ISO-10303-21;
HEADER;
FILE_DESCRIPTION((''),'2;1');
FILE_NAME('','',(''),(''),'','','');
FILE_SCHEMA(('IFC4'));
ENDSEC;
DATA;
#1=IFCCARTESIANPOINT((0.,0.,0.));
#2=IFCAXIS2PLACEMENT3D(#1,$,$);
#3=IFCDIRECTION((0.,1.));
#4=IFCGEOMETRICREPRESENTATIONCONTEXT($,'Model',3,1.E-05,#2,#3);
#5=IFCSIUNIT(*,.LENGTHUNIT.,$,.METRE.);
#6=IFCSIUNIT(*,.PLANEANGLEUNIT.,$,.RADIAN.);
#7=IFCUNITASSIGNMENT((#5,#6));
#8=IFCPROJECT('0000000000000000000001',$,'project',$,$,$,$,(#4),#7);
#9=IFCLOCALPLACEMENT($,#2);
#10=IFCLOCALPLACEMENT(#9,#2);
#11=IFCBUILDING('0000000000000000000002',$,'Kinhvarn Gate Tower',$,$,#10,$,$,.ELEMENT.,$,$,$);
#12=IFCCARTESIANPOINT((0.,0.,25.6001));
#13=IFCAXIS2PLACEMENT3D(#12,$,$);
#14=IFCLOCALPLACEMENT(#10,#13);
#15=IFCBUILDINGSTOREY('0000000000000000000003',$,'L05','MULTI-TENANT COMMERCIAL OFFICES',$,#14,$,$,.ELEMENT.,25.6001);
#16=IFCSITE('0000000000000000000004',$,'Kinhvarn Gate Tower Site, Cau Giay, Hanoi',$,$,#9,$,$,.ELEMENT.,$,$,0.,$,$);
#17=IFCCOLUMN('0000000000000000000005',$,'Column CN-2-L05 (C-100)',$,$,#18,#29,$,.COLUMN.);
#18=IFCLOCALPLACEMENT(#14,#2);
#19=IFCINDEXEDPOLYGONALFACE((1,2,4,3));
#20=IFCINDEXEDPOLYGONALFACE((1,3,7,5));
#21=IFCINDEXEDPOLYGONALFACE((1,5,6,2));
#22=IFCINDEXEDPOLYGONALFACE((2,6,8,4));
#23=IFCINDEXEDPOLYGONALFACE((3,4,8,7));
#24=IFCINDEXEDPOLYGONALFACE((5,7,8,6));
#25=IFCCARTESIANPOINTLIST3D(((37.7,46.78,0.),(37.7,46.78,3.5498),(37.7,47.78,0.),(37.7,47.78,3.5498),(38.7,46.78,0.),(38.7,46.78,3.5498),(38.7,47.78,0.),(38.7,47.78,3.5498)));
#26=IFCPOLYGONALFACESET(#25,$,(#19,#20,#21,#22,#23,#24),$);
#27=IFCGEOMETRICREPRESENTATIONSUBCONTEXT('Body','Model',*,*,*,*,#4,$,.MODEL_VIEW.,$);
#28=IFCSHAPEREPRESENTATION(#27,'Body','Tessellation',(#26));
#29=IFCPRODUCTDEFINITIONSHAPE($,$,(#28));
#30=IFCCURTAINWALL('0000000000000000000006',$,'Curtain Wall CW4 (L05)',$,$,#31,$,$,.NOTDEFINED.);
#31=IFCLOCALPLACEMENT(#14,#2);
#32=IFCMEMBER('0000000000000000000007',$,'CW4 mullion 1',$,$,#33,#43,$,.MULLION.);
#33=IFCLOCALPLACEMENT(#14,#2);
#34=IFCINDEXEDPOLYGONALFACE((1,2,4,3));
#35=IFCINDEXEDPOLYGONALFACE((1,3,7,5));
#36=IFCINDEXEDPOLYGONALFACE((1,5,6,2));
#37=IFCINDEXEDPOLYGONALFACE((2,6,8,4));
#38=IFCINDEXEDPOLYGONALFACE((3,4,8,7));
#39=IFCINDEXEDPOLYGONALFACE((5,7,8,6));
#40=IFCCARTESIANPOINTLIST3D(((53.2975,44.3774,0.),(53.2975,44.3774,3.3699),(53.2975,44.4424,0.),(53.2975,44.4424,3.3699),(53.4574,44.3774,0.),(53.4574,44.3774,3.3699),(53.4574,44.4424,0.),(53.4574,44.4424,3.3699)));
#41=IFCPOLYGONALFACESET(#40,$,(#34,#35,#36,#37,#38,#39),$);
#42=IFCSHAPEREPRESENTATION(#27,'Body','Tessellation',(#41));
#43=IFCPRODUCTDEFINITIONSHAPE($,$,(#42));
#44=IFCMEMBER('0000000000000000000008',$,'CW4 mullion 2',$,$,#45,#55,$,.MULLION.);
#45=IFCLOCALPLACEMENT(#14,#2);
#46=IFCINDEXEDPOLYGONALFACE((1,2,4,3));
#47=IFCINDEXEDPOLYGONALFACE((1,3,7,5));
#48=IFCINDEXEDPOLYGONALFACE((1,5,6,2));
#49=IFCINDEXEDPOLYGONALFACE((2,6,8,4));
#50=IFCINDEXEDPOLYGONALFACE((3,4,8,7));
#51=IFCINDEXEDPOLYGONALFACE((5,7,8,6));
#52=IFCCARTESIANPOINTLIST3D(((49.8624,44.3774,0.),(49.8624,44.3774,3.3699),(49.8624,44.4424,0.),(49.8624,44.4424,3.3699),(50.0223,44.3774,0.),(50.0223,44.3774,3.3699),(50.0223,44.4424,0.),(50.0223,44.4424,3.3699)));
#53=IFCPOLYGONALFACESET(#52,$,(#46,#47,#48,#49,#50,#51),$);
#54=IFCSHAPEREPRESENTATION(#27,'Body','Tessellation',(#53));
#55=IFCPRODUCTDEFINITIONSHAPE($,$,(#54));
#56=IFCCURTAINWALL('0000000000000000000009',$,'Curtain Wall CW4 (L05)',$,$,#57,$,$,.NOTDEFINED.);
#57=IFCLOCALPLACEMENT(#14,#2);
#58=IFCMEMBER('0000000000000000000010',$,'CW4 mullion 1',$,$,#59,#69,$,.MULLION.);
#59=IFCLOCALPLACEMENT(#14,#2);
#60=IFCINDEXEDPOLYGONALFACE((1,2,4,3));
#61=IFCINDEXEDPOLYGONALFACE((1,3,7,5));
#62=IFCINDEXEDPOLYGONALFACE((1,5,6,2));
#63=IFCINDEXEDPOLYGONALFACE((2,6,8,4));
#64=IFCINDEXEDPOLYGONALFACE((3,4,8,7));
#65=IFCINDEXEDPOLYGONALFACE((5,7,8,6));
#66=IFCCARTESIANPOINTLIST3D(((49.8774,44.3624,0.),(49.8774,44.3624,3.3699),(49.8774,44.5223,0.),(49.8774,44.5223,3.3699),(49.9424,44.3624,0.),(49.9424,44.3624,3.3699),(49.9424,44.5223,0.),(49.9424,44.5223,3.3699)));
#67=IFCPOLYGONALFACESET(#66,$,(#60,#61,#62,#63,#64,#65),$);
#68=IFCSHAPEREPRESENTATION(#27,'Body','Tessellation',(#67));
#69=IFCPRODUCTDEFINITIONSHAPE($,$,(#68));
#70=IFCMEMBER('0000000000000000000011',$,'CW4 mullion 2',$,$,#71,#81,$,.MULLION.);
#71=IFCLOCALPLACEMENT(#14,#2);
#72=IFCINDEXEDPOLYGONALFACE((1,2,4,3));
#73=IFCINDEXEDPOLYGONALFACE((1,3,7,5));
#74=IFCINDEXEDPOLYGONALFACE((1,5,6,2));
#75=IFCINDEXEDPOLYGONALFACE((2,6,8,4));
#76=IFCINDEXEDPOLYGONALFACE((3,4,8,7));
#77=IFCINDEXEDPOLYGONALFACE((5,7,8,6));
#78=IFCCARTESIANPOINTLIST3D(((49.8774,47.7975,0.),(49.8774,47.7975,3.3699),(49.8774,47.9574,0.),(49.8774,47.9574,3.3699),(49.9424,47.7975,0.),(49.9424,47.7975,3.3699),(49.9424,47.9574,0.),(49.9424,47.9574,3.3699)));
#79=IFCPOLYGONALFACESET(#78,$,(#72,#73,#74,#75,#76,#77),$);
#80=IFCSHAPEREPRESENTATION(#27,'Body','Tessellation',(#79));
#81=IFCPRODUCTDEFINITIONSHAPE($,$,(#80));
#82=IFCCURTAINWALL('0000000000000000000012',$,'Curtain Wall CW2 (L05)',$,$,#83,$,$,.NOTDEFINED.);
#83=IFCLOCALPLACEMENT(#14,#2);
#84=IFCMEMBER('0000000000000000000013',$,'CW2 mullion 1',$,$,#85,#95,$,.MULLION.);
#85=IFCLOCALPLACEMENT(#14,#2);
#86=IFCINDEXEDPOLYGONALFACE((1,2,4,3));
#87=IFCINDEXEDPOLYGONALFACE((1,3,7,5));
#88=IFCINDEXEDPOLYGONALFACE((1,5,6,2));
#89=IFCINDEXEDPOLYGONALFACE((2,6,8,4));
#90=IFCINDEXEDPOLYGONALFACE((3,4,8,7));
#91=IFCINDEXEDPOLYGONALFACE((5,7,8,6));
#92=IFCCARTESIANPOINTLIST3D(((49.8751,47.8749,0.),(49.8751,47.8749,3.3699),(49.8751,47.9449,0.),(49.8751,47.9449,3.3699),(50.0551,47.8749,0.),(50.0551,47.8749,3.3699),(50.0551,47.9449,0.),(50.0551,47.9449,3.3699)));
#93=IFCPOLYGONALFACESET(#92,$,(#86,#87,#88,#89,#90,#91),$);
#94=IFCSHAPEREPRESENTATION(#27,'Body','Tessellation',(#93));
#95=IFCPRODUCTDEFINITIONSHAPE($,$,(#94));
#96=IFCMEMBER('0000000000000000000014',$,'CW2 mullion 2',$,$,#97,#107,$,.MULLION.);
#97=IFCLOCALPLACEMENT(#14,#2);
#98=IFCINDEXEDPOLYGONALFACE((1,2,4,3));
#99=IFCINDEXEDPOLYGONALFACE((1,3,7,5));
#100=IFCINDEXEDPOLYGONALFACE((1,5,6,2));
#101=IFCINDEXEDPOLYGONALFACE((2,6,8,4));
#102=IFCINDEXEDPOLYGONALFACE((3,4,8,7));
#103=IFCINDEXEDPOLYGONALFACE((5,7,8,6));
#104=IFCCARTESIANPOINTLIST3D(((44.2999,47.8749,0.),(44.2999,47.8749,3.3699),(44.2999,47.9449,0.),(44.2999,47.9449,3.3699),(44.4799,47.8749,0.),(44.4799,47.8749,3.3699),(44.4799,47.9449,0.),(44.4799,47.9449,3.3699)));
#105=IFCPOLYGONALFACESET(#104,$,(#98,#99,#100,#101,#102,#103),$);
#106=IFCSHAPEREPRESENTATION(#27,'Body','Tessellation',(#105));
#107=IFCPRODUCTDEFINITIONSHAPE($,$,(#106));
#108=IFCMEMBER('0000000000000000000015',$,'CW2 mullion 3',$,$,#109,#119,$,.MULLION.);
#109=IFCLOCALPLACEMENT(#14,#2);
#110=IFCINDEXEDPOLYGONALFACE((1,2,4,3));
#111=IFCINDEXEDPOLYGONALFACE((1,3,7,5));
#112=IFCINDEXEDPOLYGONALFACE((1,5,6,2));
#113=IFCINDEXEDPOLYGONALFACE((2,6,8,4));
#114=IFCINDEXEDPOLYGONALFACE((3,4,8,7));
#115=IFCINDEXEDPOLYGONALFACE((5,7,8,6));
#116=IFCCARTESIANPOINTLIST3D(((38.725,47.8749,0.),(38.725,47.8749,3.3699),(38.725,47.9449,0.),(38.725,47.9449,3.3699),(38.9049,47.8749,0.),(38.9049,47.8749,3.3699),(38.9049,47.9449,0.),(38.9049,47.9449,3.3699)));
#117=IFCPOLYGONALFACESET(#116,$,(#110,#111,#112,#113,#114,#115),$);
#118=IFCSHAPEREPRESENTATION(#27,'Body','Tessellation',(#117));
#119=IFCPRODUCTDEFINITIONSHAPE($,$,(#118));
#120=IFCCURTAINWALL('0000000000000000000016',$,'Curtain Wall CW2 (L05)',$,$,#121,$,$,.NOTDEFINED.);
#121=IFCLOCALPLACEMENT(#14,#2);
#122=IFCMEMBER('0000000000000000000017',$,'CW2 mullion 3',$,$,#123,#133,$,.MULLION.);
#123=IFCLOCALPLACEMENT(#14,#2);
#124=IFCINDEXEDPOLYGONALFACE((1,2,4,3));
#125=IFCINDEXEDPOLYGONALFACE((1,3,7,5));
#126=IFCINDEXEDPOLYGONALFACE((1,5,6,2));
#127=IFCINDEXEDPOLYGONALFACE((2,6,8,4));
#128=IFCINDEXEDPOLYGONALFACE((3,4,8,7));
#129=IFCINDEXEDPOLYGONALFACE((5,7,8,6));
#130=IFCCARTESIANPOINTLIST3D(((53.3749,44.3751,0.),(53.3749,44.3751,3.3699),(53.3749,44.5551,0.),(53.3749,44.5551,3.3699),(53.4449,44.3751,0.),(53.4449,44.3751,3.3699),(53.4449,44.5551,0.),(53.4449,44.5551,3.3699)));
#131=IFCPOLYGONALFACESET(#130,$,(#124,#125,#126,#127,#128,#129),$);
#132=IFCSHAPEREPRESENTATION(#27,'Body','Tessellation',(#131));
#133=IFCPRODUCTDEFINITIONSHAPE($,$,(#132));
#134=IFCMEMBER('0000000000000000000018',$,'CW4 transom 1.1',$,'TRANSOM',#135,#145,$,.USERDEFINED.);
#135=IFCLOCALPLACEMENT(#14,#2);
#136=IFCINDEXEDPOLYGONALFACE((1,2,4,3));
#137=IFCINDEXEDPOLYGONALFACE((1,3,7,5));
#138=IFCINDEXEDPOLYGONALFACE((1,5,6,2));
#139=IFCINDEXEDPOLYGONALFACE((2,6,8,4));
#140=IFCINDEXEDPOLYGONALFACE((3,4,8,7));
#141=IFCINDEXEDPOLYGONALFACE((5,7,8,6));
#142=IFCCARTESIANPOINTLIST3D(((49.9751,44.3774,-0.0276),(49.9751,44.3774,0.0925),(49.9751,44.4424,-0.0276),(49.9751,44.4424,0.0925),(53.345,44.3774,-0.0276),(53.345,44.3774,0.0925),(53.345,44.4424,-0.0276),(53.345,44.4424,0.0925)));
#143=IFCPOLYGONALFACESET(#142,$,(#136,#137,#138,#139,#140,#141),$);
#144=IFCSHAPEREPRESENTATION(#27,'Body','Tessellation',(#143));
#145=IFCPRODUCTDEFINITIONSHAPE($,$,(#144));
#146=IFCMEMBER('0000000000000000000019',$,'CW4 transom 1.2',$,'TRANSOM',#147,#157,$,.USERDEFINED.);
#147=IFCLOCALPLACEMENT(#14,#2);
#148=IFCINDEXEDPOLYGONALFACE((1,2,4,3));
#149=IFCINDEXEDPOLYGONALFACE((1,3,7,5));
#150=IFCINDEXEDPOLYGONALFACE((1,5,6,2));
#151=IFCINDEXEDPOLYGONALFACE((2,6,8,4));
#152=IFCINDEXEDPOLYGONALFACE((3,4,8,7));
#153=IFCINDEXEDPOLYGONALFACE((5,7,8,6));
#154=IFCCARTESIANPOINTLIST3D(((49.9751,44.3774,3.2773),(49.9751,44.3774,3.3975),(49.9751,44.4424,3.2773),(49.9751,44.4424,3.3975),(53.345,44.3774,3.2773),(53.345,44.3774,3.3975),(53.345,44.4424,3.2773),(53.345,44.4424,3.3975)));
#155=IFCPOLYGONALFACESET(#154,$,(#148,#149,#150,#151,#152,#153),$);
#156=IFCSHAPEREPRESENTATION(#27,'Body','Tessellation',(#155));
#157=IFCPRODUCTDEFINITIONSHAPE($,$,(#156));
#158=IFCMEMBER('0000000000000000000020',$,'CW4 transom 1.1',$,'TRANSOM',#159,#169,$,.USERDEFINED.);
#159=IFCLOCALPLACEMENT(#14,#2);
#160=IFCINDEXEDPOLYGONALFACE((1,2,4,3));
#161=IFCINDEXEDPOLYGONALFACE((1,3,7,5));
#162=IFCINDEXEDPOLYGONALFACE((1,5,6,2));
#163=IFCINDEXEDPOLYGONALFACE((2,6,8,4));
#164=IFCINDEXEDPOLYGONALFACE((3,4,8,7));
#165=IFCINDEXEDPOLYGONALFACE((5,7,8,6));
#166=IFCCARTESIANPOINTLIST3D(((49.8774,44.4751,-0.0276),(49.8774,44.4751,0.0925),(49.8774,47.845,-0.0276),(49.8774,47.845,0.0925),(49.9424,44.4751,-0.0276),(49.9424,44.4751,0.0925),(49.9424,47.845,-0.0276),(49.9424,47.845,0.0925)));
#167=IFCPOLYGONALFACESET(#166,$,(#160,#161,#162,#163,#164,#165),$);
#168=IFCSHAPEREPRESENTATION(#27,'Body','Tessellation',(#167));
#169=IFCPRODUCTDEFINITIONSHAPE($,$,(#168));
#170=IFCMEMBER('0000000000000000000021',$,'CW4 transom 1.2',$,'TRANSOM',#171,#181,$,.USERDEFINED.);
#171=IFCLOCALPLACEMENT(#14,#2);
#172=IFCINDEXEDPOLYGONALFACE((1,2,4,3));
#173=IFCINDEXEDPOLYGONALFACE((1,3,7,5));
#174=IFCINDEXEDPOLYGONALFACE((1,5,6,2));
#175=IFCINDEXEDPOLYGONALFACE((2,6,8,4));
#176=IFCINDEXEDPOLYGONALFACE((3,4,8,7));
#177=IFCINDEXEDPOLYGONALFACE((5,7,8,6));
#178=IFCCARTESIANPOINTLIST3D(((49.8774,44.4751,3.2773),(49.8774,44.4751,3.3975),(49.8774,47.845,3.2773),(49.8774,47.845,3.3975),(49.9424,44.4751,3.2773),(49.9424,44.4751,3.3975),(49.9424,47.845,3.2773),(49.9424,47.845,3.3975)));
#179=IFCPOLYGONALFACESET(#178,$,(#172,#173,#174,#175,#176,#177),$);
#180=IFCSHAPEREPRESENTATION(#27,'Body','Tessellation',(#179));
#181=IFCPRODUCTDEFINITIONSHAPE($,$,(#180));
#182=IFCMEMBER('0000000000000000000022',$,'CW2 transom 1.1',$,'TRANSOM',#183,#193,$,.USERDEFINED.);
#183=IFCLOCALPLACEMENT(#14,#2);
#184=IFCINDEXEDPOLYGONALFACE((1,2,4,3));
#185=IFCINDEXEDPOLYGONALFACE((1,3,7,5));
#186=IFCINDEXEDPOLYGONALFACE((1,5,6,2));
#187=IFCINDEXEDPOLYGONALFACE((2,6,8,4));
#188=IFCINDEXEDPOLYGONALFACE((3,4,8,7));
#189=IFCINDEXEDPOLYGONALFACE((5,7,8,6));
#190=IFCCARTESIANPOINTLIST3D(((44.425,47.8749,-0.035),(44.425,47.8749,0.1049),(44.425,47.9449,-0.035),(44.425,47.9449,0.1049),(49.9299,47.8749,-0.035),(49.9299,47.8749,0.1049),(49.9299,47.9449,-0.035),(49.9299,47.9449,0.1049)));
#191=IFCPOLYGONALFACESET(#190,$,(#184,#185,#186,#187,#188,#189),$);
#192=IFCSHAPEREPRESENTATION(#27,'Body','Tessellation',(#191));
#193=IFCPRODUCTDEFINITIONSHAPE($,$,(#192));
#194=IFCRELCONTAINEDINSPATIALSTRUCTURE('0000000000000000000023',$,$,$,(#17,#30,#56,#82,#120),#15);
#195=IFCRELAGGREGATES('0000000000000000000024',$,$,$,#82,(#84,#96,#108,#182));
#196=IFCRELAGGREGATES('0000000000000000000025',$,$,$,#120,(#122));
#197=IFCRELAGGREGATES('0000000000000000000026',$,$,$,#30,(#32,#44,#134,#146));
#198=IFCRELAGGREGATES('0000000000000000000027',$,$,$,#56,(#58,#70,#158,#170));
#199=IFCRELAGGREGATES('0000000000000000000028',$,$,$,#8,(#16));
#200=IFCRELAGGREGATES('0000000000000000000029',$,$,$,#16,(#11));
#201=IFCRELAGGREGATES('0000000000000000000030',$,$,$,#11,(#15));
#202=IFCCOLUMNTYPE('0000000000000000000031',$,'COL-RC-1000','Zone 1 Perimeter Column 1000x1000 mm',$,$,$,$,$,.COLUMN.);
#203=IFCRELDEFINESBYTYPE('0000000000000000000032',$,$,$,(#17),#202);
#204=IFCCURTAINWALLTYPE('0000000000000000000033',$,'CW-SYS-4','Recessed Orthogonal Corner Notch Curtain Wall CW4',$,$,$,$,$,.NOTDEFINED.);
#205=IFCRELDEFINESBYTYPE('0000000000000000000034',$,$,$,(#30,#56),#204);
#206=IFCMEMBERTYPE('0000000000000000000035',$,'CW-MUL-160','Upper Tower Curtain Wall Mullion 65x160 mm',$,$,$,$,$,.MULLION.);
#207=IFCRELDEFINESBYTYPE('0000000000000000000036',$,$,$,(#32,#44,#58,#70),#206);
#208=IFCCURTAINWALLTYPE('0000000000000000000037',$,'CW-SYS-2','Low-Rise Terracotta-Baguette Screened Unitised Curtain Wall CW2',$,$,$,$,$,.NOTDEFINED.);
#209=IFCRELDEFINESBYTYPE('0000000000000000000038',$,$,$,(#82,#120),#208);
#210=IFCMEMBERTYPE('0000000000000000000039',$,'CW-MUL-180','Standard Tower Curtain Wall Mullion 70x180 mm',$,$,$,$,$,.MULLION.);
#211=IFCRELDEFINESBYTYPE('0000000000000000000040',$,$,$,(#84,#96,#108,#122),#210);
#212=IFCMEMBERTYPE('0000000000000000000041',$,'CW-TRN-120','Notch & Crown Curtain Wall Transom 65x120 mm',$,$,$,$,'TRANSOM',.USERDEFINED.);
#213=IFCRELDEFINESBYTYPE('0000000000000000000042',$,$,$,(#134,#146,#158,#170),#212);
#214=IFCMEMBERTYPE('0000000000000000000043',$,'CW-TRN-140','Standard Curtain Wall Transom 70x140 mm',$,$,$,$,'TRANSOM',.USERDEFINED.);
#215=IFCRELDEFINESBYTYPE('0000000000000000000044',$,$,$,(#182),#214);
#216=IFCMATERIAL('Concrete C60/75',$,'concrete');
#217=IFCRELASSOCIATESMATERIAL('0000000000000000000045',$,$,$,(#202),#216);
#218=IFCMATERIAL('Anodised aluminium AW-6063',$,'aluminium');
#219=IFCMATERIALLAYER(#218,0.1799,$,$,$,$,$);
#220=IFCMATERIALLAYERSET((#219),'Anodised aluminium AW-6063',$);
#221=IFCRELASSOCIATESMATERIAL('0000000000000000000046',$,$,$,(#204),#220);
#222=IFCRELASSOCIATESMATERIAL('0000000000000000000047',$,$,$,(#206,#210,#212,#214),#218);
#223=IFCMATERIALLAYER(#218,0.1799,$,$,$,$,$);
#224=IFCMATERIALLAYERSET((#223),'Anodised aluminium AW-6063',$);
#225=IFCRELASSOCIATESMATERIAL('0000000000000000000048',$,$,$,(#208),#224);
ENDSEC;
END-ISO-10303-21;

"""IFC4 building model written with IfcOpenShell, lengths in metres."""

from ifc_helpers import new_model, si_unit, direction, frame, origin, origin_2d, place, context, subcontext, project, spatial, rectangle, extrude, material, layer, layer_set, material_profile, profile_set, type_object, element, aggregate, save


model = new_model("IFC4")

# Units and contexts
model_context = context("Model", 3, precision=1e-05, world=origin(), true_north=direction((0.0, 1.0)))
body_context = subcontext(model_context, "Body", "Model", "MODEL_VIEW")
ifc_project = project(units=[si_unit("LENGTHUNIT", "METRE"), si_unit("PLANEANGLEUNIT", "RADIAN")], contexts=[model_context])

# Site, building, storey
site_placement = place(None, origin())
site = spatial("IfcSite", under=ifc_project, at=site_placement, Name="Kinhvarn Gate Tower Site, Cau Giay, Hanoi", CompositionType="ELEMENT", RefElevation=0.0)
building_placement = place(site_placement, origin())
building = spatial("IfcBuilding", under=site, at=building_placement, Name="Kinhvarn Gate Tower", CompositionType="ELEMENT")
storey_placement = place(building_placement, frame((0.0, 0.0, 25.6001)))
storey = spatial("IfcBuildingStorey", under=building, at=storey_placement, Name="L05", Description="MULTI-TENANT COMMERCIAL OFFICES", CompositionType="ELEMENT", Elevation=25.6001)

# Column
ifc_material_1 = material(Name="Concrete C60/75", Category="concrete")
ifc_material_profile_1 = material_profile(ifc_material_1, rectangle(XDim=1.0, YDim=1.0, at=origin_2d()), Name="RC 1000x1000")
ifc_profile_set_1 = profile_set([ifc_material_profile_1], Name="Concrete C60/75")
column_type = type_object("IfcColumnType", Name="COL-RC-1000", Description="Zone 1 Perimeter Column 1000x1000 mm", PredefinedType="COLUMN", material=ifc_profile_set_1)
column_placement = place(storey_placement, frame((38.2, 47.28, 0.0), z_axis=(0.0, 0.0, 1.0), x_axis=(1.0, 0.0, 0.0)))
element("IfcColumn", 1, at=column_placement, inside=storey, type_object=column_type, Name="Column CN-2-L05 (C-100)", PredefinedType="COLUMN", context=body_context, shape_type="SweptSolid", body=[
    extrude(rectangle(XDim=1.0, YDim=1.0, at=origin_2d()), origin(), (0.0, 0.0, 1.0), 3.5498),
])

# Curtain walls, members
ifc_material_2 = material(Name="Anodised aluminium AW-6063", Category="aluminium")
ifc_layer_1 = layer(ifc_material_2, 0.1799)
ifc_layer_set_1 = layer_set([ifc_layer_1], Name="Anodised aluminium AW-6063")
curtain_wall_type_1 = type_object("IfcCurtainWallType", Name="CW-SYS-4", Description="Recessed Orthogonal Corner Notch Curtain Wall CW4", PredefinedType="NOTDEFINED", material=ifc_layer_set_1)
curtain_wall_1_placement = place(storey_placement, origin())
curtain_wall_1 = element("IfcCurtainWall", 2, at=curtain_wall_1_placement, inside=storey, type_object=curtain_wall_type_1, Name="Curtain Wall CW4 (L05)", PredefinedType="NOTDEFINED")
ifc_material_profile_2 = material_profile(ifc_material_2, rectangle(XDim=0.0649, YDim=0.1599, at=origin_2d()), Name="ALU 65x160")
ifc_profile_set_2 = profile_set([ifc_material_profile_2], Name="Anodised aluminium AW-6063")
member_type_1 = type_object("IfcMemberType", Name="CW-MUL-160", Description="Upper Tower Curtain Wall Mullion 65x160 mm", PredefinedType="MULLION", material=ifc_profile_set_2)
member_1_placement = place(storey_placement, frame((53.3774, 44.4099, 0.0), z_axis=(0.0, 0.0, 1.0), x_axis=(0.0, -1.0, 0.0)))
member_1 = element("IfcMember", 3, at=member_1_placement, type_object=member_type_1, Name="CW4 mullion 1", PredefinedType="MULLION", context=body_context, shape_type="SweptSolid", body=[
    extrude(rectangle(XDim=0.0649, YDim=0.1599, at=origin_2d()), origin(), (0.0, 0.0, 1.0), 3.3699),
])
member_2_placement = place(storey_placement, frame((49.9424, 44.4099, 0.0), z_axis=(0.0, 0.0, 1.0), x_axis=(0.0, -1.0, 0.0)))
member_2 = element("IfcMember", 4, at=member_2_placement, type_object=member_type_1, Name="CW4 mullion 2", PredefinedType="MULLION", context=body_context, shape_type="SweptSolid", body=[
    extrude(rectangle(XDim=0.0649, YDim=0.1599, at=origin_2d()), origin(), (0.0, 0.0, 1.0), 3.3699),
])
curtain_wall_2_placement = place(storey_placement, origin())
curtain_wall_2 = element("IfcCurtainWall", 5, at=curtain_wall_2_placement, inside=storey, type_object=curtain_wall_type_1, Name="Curtain Wall CW4 (L05)", PredefinedType="NOTDEFINED")
member_3_placement = place(storey_placement, frame((49.9099, 44.4424, 0.0), z_axis=(0.0, 0.0, 1.0), x_axis=(-1.0, 0.0, 0.0)))
member_3 = element("IfcMember", 6, at=member_3_placement, type_object=member_type_1, Name="CW4 mullion 1", PredefinedType="MULLION", context=body_context, shape_type="SweptSolid", body=[
    extrude(rectangle(XDim=0.0649, YDim=0.1599, at=origin_2d()), origin(), (0.0, 0.0, 1.0), 3.3699),
])
member_4_placement = place(storey_placement, frame((49.9099, 47.8774, 0.0), z_axis=(0.0, 0.0, 1.0), x_axis=(-1.0, 0.0, 0.0)))
member_4 = element("IfcMember", 7, at=member_4_placement, type_object=member_type_1, Name="CW4 mullion 2", PredefinedType="MULLION", context=body_context, shape_type="SweptSolid", body=[
    extrude(rectangle(XDim=0.0649, YDim=0.1599, at=origin_2d()), origin(), (0.0, 0.0, 1.0), 3.3699),
])
ifc_layer_2 = layer(ifc_material_2, 0.1799)
ifc_layer_set_2 = layer_set([ifc_layer_2], Name="Anodised aluminium AW-6063")
curtain_wall_type_2 = type_object("IfcCurtainWallType", Name="CW-SYS-2", Description="Low-Rise Terracotta-Baguette Screened Unitised Curtain Wall CW2", PredefinedType="NOTDEFINED", material=ifc_layer_set_2)
curtain_wall_3_placement = place(storey_placement, origin())
curtain_wall_3 = element("IfcCurtainWall", 8, at=curtain_wall_3_placement, inside=storey, type_object=curtain_wall_type_2, Name="Curtain Wall CW2 (L05)", PredefinedType="NOTDEFINED")
ifc_material_profile_3 = material_profile(ifc_material_2, rectangle(XDim=0.0701, YDim=0.1799, at=origin_2d()), Name="ALU 70x180")
ifc_profile_set_3 = profile_set([ifc_material_profile_3], Name="Anodised aluminium AW-6063")
member_type_2 = type_object("IfcMemberType", Name="CW-MUL-180", Description="Standard Tower Curtain Wall Mullion 70x180 mm", PredefinedType="MULLION", material=ifc_profile_set_3)
member_5_placement = place(storey_placement, frame((49.9651, 47.9099, 0.0), z_axis=(0.0, 0.0, 1.0), x_axis=(0.0, -1.0, 0.0)))
member_5 = element("IfcMember", 9, at=member_5_placement, type_object=member_type_2, Name="CW2 mullion 1", PredefinedType="MULLION", context=body_context, shape_type="SweptSolid", body=[
    extrude(rectangle(XDim=0.0701, YDim=0.1799, at=origin_2d()), origin(), (0.0, 0.0, 1.0), 3.3699),
])
member_6_placement = place(storey_placement, frame((44.3899, 47.9099, 0.0), z_axis=(0.0, 0.0, 1.0), x_axis=(0.0, -1.0, 0.0)))
member_6 = element("IfcMember", 10, at=member_6_placement, type_object=member_type_2, Name="CW2 mullion 2", PredefinedType="MULLION", context=body_context, shape_type="SweptSolid", body=[
    extrude(rectangle(XDim=0.0701, YDim=0.1799, at=origin_2d()), origin(), (0.0, 0.0, 1.0), 3.3699),
])
member_7_placement = place(storey_placement, frame((38.8149, 47.9099, 0.0), z_axis=(0.0, 0.0, 1.0), x_axis=(0.0, -1.0, 0.0)))
member_7 = element("IfcMember", 11, at=member_7_placement, type_object=member_type_2, Name="CW2 mullion 3", PredefinedType="MULLION", context=body_context, shape_type="SweptSolid", body=[
    extrude(rectangle(XDim=0.0701, YDim=0.1799, at=origin_2d()), origin(), (0.0, 0.0, 1.0), 3.3699),
])

# Curtain wall, member
curtain_wall_4_placement = place(storey_placement, origin())
curtain_wall_4 = element("IfcCurtainWall", 12, at=curtain_wall_4_placement, inside=storey, type_object=curtain_wall_type_2, Name="Curtain Wall CW2 (L05)", PredefinedType="NOTDEFINED")
member_8_placement = place(storey_placement, frame((53.4099, 44.4651, 0.0), z_axis=(0.0, 0.0, 1.0), x_axis=(-1.0, 0.0, 0.0)))
member_8 = element("IfcMember", 13, at=member_8_placement, type_object=member_type_2, Name="CW2 mullion 3", PredefinedType="MULLION", context=body_context, shape_type="SweptSolid", body=[
    extrude(rectangle(XDim=0.0701, YDim=0.1799, at=origin_2d()), origin(), (0.0, 0.0, 1.0), 3.3699),
])

# Members
ifc_material_profile_4 = material_profile(ifc_material_2, rectangle(XDim=0.0649, YDim=0.1201, at=origin_2d()), Name="ALU 65x120")
ifc_profile_set_4 = profile_set([ifc_material_profile_4], Name="Anodised aluminium AW-6063")
member_type_3 = type_object("IfcMemberType", Name="CW-TRN-120", Description="Notch & Crown Curtain Wall Transom 65x120 mm", ElementType="TRANSOM", PredefinedType="USERDEFINED", material=ifc_profile_set_4)
member_9_placement = place(storey_placement, frame((53.345, 44.4099, 0.0325), z_axis=(-1.0, 0.0, 0.0), x_axis=(0.0, -1.0, 0.0)))
member_9 = element("IfcMember", 14, at=member_9_placement, type_object=member_type_3, Name="CW4 transom 1.1", ObjectType="TRANSOM", PredefinedType="USERDEFINED", context=body_context, shape_type="SweptSolid", body=[
    extrude(rectangle(XDim=0.0649, YDim=0.1201, at=origin_2d()), origin(), (0.0, 0.0, 1.0), 3.3699),
])
member_10_placement = place(storey_placement, frame((53.345, 44.4099, 3.3374), z_axis=(-1.0, 0.0, 0.0), x_axis=(0.0, -1.0, 0.0)))
member_10 = element("IfcMember", 15, at=member_10_placement, type_object=member_type_3, Name="CW4 transom 1.2", ObjectType="TRANSOM", PredefinedType="USERDEFINED", context=body_context, shape_type="SweptSolid", body=[
    extrude(rectangle(XDim=0.0649, YDim=0.1201, at=origin_2d()), origin(), (0.0, 0.0, 1.0), 3.3699),
])
member_11_placement = place(storey_placement, frame((49.9099, 44.4751, 0.0325), z_axis=(0.0, 1.0, 0.0), x_axis=(-1.0, 0.0, 0.0)))
member_11 = element("IfcMember", 16, at=member_11_placement, type_object=member_type_3, Name="CW4 transom 1.1", ObjectType="TRANSOM", PredefinedType="USERDEFINED", context=body_context, shape_type="SweptSolid", body=[
    extrude(rectangle(XDim=0.0649, YDim=0.1201, at=origin_2d()), origin(), (0.0, 0.0, 1.0), 3.3699),
])
member_12_placement = place(storey_placement, frame((49.9099, 44.4751, 3.3374), z_axis=(0.0, 1.0, 0.0), x_axis=(-1.0, 0.0, 0.0)))
member_12 = element("IfcMember", 17, at=member_12_placement, type_object=member_type_3, Name="CW4 transom 1.2", ObjectType="TRANSOM", PredefinedType="USERDEFINED", context=body_context, shape_type="SweptSolid", body=[
    extrude(rectangle(XDim=0.0649, YDim=0.1201, at=origin_2d()), origin(), (0.0, 0.0, 1.0), 3.3699),
])
ifc_material_profile_5 = material_profile(ifc_material_2, rectangle(XDim=0.0701, YDim=0.1399, at=origin_2d()), Name="ALU 70x140")
ifc_profile_set_5 = profile_set([ifc_material_profile_5], Name="Anodised aluminium AW-6063")
member_type_4 = type_object("IfcMemberType", Name="CW-TRN-140", Description="Standard Curtain Wall Transom 70x140 mm", ElementType="TRANSOM", PredefinedType="USERDEFINED", material=ifc_profile_set_5)
member_13_placement = place(storey_placement, frame((49.9299, 47.9099, 0.0349), z_axis=(-1.0, 0.0, 0.0), x_axis=(0.0, -1.0, 0.0)))
member_13 = element("IfcMember", 18, at=member_13_placement, type_object=member_type_4, Name="CW2 transom 1.1", ObjectType="TRANSOM", PredefinedType="USERDEFINED", context=body_context, shape_type="SweptSolid", body=[
    extrude(rectangle(XDim=0.0701, YDim=0.1399, at=origin_2d()), origin(), (0.0, 0.0, 1.0), 5.5049),
])

aggregate(curtain_wall_3, [member_5, member_6, member_7, member_13])
aggregate(curtain_wall_4, [member_8])
aggregate(curtain_wall_1, [member_1, member_2, member_9, member_10])
aggregate(curtain_wall_2, [member_3, member_4, member_11, member_12])

save(model, "model.ifc")
